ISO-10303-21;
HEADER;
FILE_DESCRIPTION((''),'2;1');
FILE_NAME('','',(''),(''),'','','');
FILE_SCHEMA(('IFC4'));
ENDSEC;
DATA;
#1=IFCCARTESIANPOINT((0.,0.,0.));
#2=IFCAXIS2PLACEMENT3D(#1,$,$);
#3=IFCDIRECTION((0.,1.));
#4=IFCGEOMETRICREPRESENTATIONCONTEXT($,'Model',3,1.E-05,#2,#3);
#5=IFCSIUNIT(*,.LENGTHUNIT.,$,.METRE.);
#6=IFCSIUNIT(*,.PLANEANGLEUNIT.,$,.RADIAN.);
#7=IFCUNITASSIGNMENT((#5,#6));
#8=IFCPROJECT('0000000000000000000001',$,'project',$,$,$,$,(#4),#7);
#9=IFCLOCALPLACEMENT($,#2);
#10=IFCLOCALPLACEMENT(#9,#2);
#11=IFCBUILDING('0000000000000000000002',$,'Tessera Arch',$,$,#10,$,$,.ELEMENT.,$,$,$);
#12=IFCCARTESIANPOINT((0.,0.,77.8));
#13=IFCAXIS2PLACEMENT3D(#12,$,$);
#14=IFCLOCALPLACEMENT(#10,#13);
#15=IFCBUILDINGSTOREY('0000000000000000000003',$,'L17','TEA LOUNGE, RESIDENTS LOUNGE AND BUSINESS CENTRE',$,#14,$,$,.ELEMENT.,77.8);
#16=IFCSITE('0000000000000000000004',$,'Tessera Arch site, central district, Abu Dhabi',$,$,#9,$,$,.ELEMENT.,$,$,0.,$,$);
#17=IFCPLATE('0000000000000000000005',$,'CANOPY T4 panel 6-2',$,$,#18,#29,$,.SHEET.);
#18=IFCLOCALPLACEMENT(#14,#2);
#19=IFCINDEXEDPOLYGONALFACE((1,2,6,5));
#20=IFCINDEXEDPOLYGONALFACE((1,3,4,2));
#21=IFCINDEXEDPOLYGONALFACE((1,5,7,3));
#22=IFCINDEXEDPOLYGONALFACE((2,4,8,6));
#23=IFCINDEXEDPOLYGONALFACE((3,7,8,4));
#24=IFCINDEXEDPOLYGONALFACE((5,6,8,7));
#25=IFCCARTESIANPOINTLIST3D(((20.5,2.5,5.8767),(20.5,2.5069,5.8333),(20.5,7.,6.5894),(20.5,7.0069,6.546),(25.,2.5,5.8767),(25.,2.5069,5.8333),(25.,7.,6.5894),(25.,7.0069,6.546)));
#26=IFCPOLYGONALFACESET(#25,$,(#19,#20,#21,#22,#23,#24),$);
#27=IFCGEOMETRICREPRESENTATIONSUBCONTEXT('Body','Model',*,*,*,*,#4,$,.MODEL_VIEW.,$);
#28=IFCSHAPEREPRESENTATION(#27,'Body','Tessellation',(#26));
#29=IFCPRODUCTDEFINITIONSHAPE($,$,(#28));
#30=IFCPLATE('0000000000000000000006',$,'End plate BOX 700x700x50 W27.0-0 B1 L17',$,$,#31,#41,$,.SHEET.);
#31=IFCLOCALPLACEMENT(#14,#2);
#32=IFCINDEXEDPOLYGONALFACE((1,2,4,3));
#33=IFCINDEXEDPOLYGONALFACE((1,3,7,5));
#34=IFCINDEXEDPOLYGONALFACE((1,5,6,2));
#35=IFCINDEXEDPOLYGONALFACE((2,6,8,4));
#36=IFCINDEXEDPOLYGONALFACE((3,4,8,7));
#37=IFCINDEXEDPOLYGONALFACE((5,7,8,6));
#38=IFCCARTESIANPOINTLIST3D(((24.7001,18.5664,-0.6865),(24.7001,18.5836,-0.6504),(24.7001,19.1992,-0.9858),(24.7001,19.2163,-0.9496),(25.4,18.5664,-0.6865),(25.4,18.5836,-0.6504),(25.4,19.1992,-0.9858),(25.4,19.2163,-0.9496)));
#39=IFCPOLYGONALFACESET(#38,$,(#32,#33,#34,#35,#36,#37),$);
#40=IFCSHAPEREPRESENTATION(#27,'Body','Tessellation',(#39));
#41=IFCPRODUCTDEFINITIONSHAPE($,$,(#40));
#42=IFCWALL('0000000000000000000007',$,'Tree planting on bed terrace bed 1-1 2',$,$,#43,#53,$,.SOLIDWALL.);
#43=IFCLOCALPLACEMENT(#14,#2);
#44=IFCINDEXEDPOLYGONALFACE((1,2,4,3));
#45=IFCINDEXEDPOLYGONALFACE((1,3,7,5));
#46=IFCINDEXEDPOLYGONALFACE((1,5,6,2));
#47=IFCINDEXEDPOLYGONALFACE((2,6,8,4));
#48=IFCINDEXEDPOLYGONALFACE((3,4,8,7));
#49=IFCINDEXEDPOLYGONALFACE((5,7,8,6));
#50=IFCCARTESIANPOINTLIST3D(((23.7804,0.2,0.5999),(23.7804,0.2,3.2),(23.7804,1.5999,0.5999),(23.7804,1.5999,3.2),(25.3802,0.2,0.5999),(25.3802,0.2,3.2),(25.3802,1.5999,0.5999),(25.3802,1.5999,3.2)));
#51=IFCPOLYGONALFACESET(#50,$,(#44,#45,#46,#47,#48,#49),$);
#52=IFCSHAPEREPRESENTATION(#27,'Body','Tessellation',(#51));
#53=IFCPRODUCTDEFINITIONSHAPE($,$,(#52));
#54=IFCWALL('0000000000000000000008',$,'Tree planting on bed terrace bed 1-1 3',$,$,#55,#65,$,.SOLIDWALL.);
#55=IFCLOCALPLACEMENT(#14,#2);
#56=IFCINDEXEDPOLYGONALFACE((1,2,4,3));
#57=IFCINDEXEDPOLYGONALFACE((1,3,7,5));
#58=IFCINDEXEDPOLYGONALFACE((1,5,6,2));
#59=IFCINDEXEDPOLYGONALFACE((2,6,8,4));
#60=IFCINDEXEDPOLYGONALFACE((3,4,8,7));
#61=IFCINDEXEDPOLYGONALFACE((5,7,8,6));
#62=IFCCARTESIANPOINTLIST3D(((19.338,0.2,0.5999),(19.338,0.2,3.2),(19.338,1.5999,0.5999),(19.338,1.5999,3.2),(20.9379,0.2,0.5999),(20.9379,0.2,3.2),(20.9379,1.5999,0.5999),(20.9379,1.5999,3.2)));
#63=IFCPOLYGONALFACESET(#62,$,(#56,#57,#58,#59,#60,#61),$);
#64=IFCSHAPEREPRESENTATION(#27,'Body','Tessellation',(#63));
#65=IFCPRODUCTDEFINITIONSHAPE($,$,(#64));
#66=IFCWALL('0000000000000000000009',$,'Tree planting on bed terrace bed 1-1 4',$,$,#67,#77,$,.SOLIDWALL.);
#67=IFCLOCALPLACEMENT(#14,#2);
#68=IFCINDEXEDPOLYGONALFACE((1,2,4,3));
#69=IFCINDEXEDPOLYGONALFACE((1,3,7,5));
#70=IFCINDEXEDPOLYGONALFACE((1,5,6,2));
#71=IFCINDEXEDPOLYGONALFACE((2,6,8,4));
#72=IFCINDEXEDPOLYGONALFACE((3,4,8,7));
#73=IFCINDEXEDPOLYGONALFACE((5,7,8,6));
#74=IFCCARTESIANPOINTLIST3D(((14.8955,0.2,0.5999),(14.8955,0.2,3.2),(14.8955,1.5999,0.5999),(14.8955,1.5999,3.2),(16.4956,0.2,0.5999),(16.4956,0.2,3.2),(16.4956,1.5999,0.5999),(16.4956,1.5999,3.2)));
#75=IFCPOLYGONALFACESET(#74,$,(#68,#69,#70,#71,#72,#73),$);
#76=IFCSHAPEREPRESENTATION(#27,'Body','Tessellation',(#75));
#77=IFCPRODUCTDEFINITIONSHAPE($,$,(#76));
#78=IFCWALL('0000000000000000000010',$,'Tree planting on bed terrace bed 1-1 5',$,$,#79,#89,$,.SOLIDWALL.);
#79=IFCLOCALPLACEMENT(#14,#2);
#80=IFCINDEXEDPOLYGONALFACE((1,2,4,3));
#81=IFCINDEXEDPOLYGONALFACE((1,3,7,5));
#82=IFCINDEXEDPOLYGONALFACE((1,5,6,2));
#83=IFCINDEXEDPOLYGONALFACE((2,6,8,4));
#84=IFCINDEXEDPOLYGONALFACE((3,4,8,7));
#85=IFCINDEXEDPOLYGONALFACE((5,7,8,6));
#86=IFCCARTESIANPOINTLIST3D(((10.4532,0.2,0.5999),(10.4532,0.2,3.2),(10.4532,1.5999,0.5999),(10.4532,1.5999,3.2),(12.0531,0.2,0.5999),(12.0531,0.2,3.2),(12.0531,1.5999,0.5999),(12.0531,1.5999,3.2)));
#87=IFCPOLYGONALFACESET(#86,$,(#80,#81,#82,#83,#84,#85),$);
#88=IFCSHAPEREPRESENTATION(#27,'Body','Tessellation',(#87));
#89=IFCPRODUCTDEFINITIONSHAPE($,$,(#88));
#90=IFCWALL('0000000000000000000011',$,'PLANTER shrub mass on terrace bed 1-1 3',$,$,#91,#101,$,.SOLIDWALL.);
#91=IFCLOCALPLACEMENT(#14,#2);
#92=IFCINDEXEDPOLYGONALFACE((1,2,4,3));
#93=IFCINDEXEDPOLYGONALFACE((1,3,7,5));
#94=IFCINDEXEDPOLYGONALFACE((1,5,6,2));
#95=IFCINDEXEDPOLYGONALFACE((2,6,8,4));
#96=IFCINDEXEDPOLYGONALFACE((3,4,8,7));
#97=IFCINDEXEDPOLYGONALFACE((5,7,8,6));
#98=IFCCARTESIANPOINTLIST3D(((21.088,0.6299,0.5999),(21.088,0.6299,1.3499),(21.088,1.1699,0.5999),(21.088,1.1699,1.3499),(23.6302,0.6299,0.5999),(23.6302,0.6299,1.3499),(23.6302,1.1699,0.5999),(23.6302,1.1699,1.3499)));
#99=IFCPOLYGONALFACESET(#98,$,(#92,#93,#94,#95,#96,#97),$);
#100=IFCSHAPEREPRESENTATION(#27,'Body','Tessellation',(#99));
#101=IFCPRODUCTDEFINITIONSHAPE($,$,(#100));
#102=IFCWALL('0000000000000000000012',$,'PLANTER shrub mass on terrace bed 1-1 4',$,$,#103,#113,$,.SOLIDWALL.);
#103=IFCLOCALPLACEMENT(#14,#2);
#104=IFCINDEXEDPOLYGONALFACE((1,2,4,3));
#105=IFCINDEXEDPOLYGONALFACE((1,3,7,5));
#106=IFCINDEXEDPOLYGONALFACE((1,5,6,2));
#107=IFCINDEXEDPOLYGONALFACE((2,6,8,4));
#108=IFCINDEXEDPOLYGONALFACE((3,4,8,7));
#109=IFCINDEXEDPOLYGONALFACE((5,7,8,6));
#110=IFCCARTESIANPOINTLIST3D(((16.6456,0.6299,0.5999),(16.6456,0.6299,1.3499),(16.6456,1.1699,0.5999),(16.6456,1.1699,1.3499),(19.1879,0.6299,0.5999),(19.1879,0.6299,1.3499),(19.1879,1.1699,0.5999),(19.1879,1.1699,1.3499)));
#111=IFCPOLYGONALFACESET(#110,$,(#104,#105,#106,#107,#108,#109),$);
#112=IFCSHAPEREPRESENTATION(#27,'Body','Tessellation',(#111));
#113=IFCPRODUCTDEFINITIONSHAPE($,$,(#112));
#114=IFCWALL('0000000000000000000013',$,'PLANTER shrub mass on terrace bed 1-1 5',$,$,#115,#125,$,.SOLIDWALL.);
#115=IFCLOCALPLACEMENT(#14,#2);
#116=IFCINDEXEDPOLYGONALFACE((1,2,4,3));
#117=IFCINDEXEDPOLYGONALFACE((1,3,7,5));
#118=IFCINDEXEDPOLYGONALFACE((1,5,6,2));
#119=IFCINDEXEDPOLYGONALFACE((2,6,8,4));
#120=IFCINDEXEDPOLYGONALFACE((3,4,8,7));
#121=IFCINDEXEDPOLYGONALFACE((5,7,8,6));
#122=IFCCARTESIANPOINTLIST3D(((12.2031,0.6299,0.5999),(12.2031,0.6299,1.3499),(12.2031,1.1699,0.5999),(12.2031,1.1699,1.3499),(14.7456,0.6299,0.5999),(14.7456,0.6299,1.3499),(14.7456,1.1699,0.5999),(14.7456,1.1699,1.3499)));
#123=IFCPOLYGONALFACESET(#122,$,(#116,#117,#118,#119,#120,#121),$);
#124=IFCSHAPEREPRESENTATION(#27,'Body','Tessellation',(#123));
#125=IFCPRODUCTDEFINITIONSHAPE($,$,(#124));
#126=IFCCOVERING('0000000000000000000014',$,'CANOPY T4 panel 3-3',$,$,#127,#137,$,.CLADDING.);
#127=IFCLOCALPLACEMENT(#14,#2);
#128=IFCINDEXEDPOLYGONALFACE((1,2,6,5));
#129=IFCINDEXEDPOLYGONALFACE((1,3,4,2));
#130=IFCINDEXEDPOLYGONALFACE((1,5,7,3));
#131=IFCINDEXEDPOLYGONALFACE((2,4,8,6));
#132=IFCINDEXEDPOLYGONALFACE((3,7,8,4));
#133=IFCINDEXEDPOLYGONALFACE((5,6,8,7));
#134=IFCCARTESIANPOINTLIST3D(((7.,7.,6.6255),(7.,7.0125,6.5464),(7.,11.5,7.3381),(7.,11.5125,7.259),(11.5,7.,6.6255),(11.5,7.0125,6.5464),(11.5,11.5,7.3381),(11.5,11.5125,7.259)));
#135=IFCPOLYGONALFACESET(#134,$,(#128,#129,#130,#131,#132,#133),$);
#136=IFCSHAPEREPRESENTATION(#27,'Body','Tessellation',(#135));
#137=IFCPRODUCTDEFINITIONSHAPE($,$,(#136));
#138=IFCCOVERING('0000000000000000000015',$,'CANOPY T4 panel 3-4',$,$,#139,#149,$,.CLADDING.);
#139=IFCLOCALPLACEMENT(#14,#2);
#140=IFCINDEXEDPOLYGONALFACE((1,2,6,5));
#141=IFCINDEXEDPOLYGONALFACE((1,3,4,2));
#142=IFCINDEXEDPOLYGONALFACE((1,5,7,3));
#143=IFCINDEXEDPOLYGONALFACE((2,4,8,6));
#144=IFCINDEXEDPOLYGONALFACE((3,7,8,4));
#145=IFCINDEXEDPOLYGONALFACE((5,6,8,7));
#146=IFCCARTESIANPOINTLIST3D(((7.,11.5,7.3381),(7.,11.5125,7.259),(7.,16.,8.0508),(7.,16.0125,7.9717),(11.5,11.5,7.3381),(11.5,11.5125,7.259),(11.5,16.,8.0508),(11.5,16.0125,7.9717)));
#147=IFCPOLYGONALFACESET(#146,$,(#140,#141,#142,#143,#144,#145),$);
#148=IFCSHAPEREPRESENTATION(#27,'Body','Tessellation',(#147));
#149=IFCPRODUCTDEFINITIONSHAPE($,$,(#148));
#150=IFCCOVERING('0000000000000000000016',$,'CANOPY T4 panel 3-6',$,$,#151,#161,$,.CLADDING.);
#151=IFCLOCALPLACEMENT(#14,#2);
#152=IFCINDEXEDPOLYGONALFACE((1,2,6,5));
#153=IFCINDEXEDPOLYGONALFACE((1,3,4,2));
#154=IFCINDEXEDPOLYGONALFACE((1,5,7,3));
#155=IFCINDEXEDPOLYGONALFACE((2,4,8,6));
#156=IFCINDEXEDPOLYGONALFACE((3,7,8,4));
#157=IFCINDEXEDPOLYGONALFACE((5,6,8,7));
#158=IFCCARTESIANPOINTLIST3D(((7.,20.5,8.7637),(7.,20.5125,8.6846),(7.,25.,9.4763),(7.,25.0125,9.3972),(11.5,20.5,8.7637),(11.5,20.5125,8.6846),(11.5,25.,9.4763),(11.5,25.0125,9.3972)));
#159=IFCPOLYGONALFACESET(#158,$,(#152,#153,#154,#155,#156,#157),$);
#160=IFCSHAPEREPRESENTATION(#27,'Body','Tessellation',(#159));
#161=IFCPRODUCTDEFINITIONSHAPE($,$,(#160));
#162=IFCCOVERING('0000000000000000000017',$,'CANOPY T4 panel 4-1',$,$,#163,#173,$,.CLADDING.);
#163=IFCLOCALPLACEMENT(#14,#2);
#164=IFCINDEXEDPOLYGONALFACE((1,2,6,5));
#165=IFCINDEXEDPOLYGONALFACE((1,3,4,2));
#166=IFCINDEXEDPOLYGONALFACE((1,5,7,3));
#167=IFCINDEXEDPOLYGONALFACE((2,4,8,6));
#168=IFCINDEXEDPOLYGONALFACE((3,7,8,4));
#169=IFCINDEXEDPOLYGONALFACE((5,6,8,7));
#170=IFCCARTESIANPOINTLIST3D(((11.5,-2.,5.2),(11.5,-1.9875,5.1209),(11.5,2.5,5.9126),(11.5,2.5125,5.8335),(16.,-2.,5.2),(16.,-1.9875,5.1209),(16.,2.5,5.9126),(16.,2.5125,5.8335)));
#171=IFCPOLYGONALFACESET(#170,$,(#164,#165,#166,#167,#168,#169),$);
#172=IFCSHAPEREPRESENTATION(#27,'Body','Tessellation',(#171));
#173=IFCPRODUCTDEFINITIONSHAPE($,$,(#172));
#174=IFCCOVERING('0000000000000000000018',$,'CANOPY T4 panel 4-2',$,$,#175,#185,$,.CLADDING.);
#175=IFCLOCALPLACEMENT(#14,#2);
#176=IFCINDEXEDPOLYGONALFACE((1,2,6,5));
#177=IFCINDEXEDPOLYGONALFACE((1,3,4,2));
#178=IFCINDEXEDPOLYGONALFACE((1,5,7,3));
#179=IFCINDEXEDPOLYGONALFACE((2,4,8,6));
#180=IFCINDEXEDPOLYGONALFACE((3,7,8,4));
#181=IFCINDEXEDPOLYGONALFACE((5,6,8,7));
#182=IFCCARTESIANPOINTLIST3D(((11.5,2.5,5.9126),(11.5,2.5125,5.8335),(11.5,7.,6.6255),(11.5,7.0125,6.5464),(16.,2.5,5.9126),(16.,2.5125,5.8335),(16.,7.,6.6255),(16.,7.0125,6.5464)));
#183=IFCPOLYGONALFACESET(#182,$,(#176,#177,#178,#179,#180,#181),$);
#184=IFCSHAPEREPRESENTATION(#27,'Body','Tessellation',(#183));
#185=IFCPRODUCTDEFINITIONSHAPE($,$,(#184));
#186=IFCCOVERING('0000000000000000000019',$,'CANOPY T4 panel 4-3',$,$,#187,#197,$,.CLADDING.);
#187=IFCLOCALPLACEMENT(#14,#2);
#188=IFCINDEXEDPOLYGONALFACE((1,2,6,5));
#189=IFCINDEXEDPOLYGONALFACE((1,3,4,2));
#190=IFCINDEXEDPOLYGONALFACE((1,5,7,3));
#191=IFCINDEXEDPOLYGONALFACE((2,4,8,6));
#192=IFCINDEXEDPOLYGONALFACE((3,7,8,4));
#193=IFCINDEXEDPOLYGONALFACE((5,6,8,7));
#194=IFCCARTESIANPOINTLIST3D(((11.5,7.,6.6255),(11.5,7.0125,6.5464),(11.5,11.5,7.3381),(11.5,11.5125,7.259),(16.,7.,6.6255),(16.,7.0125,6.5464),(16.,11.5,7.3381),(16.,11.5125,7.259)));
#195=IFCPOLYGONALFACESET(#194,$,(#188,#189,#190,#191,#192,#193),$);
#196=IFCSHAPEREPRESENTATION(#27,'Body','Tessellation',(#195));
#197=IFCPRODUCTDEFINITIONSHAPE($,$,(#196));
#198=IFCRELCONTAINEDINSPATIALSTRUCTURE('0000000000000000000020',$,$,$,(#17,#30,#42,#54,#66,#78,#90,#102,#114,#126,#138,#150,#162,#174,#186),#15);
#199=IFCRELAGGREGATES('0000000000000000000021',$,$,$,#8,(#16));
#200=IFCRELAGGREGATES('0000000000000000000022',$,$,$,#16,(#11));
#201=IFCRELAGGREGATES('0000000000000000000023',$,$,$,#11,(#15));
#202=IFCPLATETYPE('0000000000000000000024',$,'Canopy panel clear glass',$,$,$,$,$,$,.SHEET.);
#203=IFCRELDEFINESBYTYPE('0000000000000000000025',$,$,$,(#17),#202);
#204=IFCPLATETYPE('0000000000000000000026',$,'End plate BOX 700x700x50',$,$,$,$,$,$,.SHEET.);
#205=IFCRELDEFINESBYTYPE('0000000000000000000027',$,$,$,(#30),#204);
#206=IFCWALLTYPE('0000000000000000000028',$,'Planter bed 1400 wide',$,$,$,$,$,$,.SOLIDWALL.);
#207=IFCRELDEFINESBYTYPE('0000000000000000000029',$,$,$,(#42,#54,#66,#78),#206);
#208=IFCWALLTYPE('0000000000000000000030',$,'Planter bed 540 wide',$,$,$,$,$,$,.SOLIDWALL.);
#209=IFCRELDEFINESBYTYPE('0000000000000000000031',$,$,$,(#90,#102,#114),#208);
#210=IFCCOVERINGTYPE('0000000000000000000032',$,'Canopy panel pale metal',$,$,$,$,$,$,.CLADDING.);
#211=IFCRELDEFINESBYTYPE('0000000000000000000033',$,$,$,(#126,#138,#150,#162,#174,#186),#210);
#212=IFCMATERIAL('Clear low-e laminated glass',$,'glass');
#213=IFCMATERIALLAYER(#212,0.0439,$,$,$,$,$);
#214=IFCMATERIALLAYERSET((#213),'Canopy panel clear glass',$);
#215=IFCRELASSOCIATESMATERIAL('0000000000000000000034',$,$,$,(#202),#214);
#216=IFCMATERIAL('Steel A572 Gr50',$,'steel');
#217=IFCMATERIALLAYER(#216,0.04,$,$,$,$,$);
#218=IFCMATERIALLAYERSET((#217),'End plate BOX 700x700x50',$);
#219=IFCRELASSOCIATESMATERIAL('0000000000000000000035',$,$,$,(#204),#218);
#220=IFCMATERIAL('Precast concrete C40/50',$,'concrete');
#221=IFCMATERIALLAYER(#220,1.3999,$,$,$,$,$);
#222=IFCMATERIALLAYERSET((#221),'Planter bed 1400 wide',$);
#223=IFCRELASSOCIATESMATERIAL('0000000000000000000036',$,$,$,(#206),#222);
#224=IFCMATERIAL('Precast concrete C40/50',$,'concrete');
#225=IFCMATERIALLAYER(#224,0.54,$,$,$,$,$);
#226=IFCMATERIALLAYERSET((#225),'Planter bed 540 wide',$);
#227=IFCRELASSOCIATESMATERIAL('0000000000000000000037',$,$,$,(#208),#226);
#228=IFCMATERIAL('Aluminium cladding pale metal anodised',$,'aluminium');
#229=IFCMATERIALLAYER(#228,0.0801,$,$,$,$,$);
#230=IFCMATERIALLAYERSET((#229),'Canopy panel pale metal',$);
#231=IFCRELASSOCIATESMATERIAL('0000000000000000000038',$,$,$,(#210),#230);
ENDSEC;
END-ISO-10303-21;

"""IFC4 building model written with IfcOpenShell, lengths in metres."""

from ifc_helpers import new_model, si_unit, direction, frame, frame_2d, origin, origin_2d, place, context, subcontext, project, spatial, polyline, rectangle, outline, extrude, material, layer, layer_set, type_object, element, save


model = new_model("IFC4")

# Units and contexts
model_context = context("Model", 3, precision=1e-05, world=origin(), true_north=direction((0.0, 1.0)))
body_context = subcontext(model_context, "Body", "Model", "MODEL_VIEW")
ifc_project = project(units=[si_unit("LENGTHUNIT", "METRE"), si_unit("PLANEANGLEUNIT", "RADIAN")], contexts=[model_context])

# Site, building, storey
site_placement = place(None, origin())
site = spatial("IfcSite", under=ifc_project, at=site_placement, Name="Tessera Arch site, central district, Abu Dhabi", CompositionType="ELEMENT", RefElevation=0.0)
building_placement = place(site_placement, origin())
building = spatial("IfcBuilding", under=site, at=building_placement, Name="Tessera Arch", CompositionType="ELEMENT")
storey_placement = place(building_placement, frame((0.0, 0.0, 77.8)))
storey = spatial("IfcBuildingStorey", under=building, at=storey_placement, Name="L17", Description="TEA LOUNGE, RESIDENTS LOUNGE AND BUSINESS CENTRE", CompositionType="ELEMENT", Elevation=77.8)

# Plates
ifc_material_1 = material(Name="Clear low-e laminated glass", Category="glass")
ifc_layer_1 = layer(ifc_material_1, 0.0439)
ifc_layer_set_1 = layer_set([ifc_layer_1], Name="Canopy panel clear glass")
plate_type_1 = type_object("IfcPlateType", Name="Canopy panel clear glass", PredefinedType="SHEET", material=ifc_layer_set_1)
plate_1_placement = place(storey_placement, frame((25.0, 2.5, 5.8767), z_axis=(0.0, -0.156417, 0.987691), x_axis=(0.0, 0.987691, 0.156417)))
element("IfcPlate", 1, at=plate_1_placement, inside=storey, type_object=plate_type_1, Name="CANOPY T4 panel 6-2", PredefinedType="SHEET", context=body_context, shape_type="SweptSolid", body=[
    extrude(outline(polyline([(0.0, 0.0), (4.5561, 0.0), (4.5561, 4.5), (0.0, 4.5), (0.0, 0.0)])), origin(), (0.0, 0.0, -1.0), 0.0439),
])
ifc_material_2 = material(Name="Steel A572 Gr50", Category="steel")
ifc_layer_2 = layer(ifc_material_2, 0.04)
ifc_layer_set_2 = layer_set([ifc_layer_2], Name="End plate BOX 700x700x50")
plate_type_2 = type_object("IfcPlateType", Name="End plate BOX 700x700x50", PredefinedType="SHEET", material=ifc_layer_set_2)
plate_2_placement = place(storey_placement, frame((25.05, 18.8828, -0.8362), z_axis=(0.0, 0.427561, 0.903986), x_axis=(-1.0, 0.0, 0.0)))
element("IfcPlate", 2, at=plate_2_placement, inside=storey, type_object=plate_type_2, Name="End plate BOX 700x700x50 W27.0-0 B1 L17", PredefinedType="SHEET", context=body_context, shape_type="SweptSolid", body=[
    extrude(rectangle(XDim=0.7, YDim=0.7, at=origin_2d()), origin(), (0.0, 0.0, 1.0), 0.04),
])

# Walls
ifc_material_3 = material(Name="Precast concrete C40/50", Category="concrete")
ifc_layer_3 = layer(ifc_material_3, 1.3999)
ifc_layer_set_3 = layer_set([ifc_layer_3], Name="Planter bed 1400 wide")
wall_type_1 = type_object("IfcWallType", Name="Planter bed 1400 wide", PredefinedType="SOLIDWALL", material=ifc_layer_set_3)
for number, where, z_axis, x_axis, name in (
    (3, (25.3801, 0.8999, 0.5999), (0.0, 0.0, 1.0), (-1.0, 0.0, 0.0), "Tree planting on bed terrace bed 1-1 2"),
    (4, (20.9377, 0.8999, 0.5999), (0.0, 0.0, 1.0), (-1.0, 0.0, 0.0), "Tree planting on bed terrace bed 1-1 3"),
):
    element("IfcWall", number, at=place(storey_placement, frame(where, z_axis=z_axis, x_axis=x_axis)), inside=storey, type_object=wall_type_1, Name=name, PredefinedType="SOLIDWALL", context=body_context, shape_type="SweptSolid", body=[
        extrude(rectangle(XDim=1.5999, YDim=1.3999, at=frame_2d((0.7998, 0.0))), origin(), (0.0, 0.0, 1.0), 2.6001),
    ])
wall_1_placement = place(storey_placement, frame((16.4956, 0.8999, 0.5999), z_axis=(0.0, 0.0, 1.0), x_axis=(-1.0, 0.0, 0.0)))
element("IfcWall", 5, at=wall_1_placement, inside=storey, type_object=wall_type_1, Name="Tree planting on bed terrace bed 1-1 4", PredefinedType="SOLIDWALL", context=body_context, shape_type="SweptSolid", body=[
    extrude(rectangle(XDim=1.6001, YDim=1.3999, at=frame_2d((0.8, 0.0))), origin(), (0.0, 0.0, 1.0), 2.6001),
])
wall_2_placement = place(storey_placement, frame((12.053, 0.8999, 0.5999), z_axis=(0.0, 0.0, 1.0), x_axis=(-1.0, 0.0, 0.0)))
element("IfcWall", 6, at=wall_2_placement, inside=storey, type_object=wall_type_1, Name="Tree planting on bed terrace bed 1-1 5", PredefinedType="SOLIDWALL", context=body_context, shape_type="SweptSolid", body=[
    extrude(rectangle(XDim=1.5999, YDim=1.3999, at=frame_2d((0.7998, 0.0))), origin(), (0.0, 0.0, 1.0), 2.6001),
])
ifc_material_4 = material(Name="Precast concrete C40/50", Category="concrete")
ifc_layer_4 = layer(ifc_material_4, 0.54)
ifc_layer_set_4 = layer_set([ifc_layer_4], Name="Planter bed 540 wide")
wall_type_2 = type_object("IfcWallType", Name="Planter bed 540 wide", PredefinedType="SOLIDWALL", material=ifc_layer_set_4)
for number, where, z_axis, x_axis, name in (
    (7, (23.6301, 0.8999, 0.5999), (0.0, 0.0, 1.0), (-1.0, 0.0, 0.0), "PLANTER shrub mass on terrace bed 1-1 3"),
    (8, (19.1877, 0.8999, 0.5999), (0.0, 0.0, 1.0), (-1.0, 0.0, 0.0), "PLANTER shrub mass on terrace bed 1-1 4"),
):
    element("IfcWall", number, at=place(storey_placement, frame(where, z_axis=z_axis, x_axis=x_axis)), inside=storey, type_object=wall_type_2, Name=name, PredefinedType="SOLIDWALL", context=body_context, shape_type="SweptSolid", body=[
        extrude(rectangle(XDim=2.5422, YDim=0.54, at=frame_2d((1.271, 0.0))), origin(), (0.0, 0.0, 1.0), 0.75),
    ])
wall_3_placement = place(storey_placement, frame((14.7456, 0.8999, 0.5999), z_axis=(0.0, 0.0, 1.0), x_axis=(-1.0, 0.0, 0.0)))
element("IfcWall", 9, at=wall_3_placement, inside=storey, type_object=wall_type_2, Name="PLANTER shrub mass on terrace bed 1-1 5", PredefinedType="SOLIDWALL", context=body_context, shape_type="SweptSolid", body=[
    extrude(rectangle(XDim=2.5425, YDim=0.54, at=frame_2d((1.2712, 0.0))), origin(), (0.0, 0.0, 1.0), 0.75),
])

# Coverings
ifc_material_5 = material(Name="Aluminium cladding pale metal anodised", Category="aluminium")
ifc_layer_5 = layer(ifc_material_5, 0.0801)
ifc_layer_set_5 = layer_set([ifc_layer_5], Name="Canopy panel pale metal")
covering_type = type_object("IfcCoveringType", Name="Canopy panel pale metal", PredefinedType="CLADDING", material=ifc_layer_set_5)
for number, where, z_axis, x_axis, name in (
    (10, (11.5, 7.0, 6.6255), (0.0, -0.156417, 0.987691), (0.0, 0.987691, 0.156417), "CANOPY T4 panel 3-3"),
    (11, (11.5, 11.5, 7.3381), (0.0, -0.156417, 0.987691), (0.0, 0.987691, 0.156417), "CANOPY T4 panel 3-4"),
    (12, (11.5, 20.5, 8.7637), (0.0, -0.156417, 0.987691), (0.0, 0.987691, 0.156417), "CANOPY T4 panel 3-6"),
    (13, (16.0, -2.0, 5.2), (0.0, -0.156417, 0.987691), (0.0, 0.987691, 0.156417), "CANOPY T4 panel 4-1"),
):
    element("IfcCovering", number, at=place(storey_placement, frame(where, z_axis=z_axis, x_axis=x_axis)), inside=storey, type_object=covering_type, Name=name, PredefinedType="CLADDING", context=body_context, shape_type="SweptSolid", body=[
        extrude(outline(polyline([(0.0, 0.0), (4.5561, 0.0), (4.5561, 4.5), (0.0, 4.5), (0.0, 0.0)])), origin(), (0.0, 0.0, -1.0), 0.0801),
    ])
covering_1_placement = place(storey_placement, frame((16.0, 2.5, 5.9126), z_axis=(0.0, -0.156469, 0.987683), x_axis=(0.0, 0.987683, 0.156469)))
element("IfcCovering", 14, at=covering_1_placement, inside=storey, type_object=covering_type, Name="CANOPY T4 panel 4-2", PredefinedType="CLADDING", context=body_context, shape_type="SweptSolid", body=[
    extrude(outline(polyline([(0.0, 0.0), (4.5561, 0.0), (4.5561, 4.5), (0.0, 4.5), (0.0, 0.0)])), origin(), (0.0, 0.0, -1.0), 0.0801),
])
covering_2_placement = place(storey_placement, frame((16.0, 7.0, 6.6255), z_axis=(0.0, -0.156417, 0.987691), x_axis=(0.0, 0.987691, 0.156417)))
element("IfcCovering", 15, at=covering_2_placement, inside=storey, type_object=covering_type, Name="CANOPY T4 panel 4-3", PredefinedType="CLADDING", context=body_context, shape_type="SweptSolid", body=[
    extrude(outline(polyline([(0.0, 0.0), (4.5561, 0.0), (4.5561, 4.5), (0.0, 4.5), (0.0, 0.0)])), origin(), (0.0, 0.0, -1.0), 0.0801),
])

save(model, "model.ifc")
